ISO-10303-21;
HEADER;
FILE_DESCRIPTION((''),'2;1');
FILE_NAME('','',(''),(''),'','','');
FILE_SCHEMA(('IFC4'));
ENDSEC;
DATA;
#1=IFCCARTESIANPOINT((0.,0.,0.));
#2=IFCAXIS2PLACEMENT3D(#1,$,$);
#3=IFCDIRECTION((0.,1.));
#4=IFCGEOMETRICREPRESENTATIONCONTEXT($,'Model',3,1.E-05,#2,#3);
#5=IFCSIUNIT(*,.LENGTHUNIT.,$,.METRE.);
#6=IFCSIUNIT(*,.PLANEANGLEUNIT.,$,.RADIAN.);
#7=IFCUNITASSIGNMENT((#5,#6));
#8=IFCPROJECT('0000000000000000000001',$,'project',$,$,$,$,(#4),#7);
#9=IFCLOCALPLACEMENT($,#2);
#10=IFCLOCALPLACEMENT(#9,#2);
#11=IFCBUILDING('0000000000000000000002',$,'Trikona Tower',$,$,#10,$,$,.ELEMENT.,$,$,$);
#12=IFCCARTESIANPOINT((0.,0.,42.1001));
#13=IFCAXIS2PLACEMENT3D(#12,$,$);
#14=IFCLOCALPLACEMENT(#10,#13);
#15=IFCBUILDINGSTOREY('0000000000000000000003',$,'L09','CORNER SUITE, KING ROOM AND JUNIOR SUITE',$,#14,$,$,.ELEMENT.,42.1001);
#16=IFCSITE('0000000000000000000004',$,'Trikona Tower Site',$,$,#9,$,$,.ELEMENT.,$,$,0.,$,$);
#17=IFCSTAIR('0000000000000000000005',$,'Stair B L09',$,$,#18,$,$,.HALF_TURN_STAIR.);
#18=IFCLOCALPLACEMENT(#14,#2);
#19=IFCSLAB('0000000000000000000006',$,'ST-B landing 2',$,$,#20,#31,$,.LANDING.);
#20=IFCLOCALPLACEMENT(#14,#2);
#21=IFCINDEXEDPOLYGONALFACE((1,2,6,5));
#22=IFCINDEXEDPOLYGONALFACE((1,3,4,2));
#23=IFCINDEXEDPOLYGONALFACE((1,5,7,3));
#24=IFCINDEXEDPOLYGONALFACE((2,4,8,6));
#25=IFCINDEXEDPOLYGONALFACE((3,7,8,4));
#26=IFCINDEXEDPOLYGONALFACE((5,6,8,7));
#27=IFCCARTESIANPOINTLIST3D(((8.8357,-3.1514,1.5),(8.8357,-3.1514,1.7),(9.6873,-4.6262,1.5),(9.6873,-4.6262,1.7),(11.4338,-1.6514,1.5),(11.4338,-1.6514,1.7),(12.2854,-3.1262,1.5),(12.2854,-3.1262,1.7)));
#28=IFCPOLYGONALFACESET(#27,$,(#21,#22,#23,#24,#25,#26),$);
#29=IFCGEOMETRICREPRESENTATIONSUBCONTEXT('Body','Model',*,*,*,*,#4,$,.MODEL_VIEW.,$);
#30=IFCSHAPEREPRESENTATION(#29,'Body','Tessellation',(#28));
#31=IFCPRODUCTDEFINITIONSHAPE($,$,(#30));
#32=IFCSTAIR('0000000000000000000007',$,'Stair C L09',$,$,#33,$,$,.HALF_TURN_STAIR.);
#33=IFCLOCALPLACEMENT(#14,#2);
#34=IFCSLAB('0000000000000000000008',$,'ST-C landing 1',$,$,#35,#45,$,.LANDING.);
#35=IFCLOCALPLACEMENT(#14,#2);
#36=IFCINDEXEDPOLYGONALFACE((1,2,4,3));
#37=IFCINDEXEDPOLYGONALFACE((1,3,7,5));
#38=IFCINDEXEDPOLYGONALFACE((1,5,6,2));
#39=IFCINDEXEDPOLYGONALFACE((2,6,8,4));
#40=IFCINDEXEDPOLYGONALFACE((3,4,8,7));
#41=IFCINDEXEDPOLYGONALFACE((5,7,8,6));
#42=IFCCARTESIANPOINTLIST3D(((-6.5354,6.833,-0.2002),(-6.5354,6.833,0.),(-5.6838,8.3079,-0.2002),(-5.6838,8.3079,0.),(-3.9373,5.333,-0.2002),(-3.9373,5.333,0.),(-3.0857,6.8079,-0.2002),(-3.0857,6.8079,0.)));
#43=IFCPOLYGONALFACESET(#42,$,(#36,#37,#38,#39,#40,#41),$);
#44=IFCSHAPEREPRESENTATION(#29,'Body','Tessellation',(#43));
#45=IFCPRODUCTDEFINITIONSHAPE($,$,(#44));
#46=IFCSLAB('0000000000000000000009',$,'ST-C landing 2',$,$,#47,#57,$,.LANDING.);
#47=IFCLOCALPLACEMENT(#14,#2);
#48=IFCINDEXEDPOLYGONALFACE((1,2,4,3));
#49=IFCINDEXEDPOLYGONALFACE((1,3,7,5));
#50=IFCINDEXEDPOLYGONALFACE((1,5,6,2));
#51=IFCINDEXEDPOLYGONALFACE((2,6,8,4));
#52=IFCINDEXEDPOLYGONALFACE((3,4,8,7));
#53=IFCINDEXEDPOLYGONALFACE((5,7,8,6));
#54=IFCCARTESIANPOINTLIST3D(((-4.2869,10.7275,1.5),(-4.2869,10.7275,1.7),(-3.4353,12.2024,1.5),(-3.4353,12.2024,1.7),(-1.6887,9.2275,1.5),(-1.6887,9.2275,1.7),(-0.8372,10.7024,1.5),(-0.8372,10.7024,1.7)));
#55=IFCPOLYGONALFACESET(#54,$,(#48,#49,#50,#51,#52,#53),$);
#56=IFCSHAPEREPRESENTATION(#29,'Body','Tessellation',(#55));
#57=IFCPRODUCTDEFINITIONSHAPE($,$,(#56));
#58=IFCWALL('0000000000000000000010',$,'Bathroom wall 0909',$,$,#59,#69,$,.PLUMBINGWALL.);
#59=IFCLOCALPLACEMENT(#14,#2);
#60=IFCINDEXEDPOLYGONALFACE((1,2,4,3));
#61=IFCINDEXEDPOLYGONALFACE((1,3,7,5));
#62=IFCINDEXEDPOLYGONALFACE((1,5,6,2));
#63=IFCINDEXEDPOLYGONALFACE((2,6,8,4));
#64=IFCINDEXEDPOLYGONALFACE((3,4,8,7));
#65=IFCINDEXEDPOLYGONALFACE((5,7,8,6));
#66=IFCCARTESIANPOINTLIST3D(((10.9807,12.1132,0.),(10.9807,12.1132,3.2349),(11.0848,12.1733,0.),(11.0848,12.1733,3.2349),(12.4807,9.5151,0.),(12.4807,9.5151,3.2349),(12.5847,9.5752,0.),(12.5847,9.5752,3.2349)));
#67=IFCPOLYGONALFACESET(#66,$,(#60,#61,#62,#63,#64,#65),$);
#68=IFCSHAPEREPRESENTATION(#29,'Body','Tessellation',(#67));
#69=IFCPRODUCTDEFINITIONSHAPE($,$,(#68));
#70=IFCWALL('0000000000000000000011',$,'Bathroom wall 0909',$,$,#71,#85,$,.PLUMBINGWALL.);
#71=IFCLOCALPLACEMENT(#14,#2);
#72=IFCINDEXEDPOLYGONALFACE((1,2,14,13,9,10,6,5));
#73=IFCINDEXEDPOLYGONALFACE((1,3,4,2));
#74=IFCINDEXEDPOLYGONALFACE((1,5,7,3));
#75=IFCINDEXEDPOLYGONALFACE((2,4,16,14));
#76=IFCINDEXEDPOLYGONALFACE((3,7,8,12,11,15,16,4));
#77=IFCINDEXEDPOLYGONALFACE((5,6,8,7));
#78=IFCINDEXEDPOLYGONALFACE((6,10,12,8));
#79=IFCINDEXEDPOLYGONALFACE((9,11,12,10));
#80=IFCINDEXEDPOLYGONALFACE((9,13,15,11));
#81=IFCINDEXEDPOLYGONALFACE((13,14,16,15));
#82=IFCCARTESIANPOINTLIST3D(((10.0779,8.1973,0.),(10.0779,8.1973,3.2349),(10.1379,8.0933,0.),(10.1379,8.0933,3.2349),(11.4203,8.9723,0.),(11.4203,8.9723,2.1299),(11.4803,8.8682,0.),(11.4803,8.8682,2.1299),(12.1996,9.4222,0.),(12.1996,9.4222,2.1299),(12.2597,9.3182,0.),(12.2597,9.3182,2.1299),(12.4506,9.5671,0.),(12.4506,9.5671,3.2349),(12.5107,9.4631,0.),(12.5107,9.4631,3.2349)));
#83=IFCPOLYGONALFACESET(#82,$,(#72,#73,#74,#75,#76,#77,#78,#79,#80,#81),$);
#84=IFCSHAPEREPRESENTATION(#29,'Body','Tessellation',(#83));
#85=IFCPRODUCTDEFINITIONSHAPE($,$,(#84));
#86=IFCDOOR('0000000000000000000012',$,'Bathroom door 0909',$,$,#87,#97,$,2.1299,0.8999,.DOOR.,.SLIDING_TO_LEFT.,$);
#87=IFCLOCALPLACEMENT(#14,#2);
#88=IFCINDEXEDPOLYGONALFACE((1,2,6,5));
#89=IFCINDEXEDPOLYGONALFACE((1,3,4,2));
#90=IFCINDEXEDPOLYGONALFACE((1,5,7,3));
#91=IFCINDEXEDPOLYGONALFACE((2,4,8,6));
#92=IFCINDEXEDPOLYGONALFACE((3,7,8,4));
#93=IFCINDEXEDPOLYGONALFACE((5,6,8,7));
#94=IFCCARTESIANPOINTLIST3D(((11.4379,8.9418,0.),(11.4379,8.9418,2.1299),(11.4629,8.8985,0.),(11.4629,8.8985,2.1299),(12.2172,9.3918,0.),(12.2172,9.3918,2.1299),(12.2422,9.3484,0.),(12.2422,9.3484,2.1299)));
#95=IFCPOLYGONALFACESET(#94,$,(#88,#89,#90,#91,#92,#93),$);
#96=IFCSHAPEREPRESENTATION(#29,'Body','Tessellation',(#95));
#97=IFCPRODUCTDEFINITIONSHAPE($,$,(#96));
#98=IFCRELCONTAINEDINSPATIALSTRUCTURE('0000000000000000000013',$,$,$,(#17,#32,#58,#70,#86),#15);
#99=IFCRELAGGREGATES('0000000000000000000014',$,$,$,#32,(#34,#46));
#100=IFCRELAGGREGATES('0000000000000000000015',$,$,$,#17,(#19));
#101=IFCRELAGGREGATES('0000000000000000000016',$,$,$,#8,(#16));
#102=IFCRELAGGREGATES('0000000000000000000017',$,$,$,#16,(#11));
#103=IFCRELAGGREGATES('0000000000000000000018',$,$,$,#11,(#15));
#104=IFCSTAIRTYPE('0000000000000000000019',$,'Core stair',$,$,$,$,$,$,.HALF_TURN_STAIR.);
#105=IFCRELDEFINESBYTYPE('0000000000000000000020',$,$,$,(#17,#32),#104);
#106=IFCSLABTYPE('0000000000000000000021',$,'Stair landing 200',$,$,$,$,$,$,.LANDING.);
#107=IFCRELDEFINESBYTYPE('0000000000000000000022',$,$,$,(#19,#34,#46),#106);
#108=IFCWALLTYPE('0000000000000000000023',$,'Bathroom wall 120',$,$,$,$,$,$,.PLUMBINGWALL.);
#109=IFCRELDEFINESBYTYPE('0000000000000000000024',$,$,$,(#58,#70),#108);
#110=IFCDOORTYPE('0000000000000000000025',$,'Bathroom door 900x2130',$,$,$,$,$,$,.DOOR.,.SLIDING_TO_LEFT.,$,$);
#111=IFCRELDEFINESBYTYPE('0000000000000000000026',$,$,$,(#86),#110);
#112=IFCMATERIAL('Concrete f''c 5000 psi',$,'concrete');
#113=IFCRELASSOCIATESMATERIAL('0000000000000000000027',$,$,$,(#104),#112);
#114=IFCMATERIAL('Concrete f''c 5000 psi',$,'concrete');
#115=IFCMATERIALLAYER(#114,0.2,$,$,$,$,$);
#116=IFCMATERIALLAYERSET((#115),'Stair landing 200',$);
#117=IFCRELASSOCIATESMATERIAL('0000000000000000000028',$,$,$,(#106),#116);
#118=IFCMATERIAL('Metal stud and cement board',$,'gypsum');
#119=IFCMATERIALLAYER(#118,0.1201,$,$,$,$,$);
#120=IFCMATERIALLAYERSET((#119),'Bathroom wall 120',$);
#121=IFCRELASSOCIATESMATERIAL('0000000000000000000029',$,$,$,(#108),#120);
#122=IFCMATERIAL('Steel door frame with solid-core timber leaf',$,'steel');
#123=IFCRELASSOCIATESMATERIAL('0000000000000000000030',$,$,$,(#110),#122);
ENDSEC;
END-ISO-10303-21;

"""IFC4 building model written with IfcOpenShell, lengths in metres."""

from ifc_helpers import new_model, si_unit, direction, frame, frame_2d, origin, place, context, subcontext, project, spatial, polyline, rectangle, outline, extrude, material, layer, layer_set, type_object, element, fill, aggregate, save


model = new_model("IFC4")

# Units and contexts
model_context = context("Model", 3, precision=1e-05, world=origin(), true_north=direction((0.0, 1.0)))
body_context = subcontext(model_context, "Body", "Model", "MODEL_VIEW")
ifc_project = project(units=[si_unit("LENGTHUNIT", "METRE"), si_unit("PLANEANGLEUNIT", "RADIAN")], contexts=[model_context])

# Site, building, storey
site_placement = place(None, origin())
site = spatial("IfcSite", under=ifc_project, at=site_placement, Name="Trikona Tower Site", CompositionType="ELEMENT", RefElevation=0.0)
building_placement = place(site_placement, origin())
building = spatial("IfcBuilding", under=site, at=building_placement, Name="Trikona Tower", CompositionType="ELEMENT")
storey_placement = place(building_placement, frame((0.0, 0.0, 42.1001)))
storey = spatial("IfcBuildingStorey", under=building, at=storey_placement, Name="L09", Description="CORNER SUITE, KING ROOM AND JUNIOR SUITE", CompositionType="ELEMENT", Elevation=42.1001)

# Stairs, slabs
ifc_material_1 = material(Name="Concrete f'c 5000 psi", Category="concrete")
stair_type = type_object("IfcStairType", Name="Core stair", PredefinedType="HALF_TURN_STAIR", material=ifc_material_1)
ifc_material_2 = material(Name="Concrete f'c 5000 psi", Category="concrete")
ifc_layer_1 = layer(ifc_material_2, 0.2)
ifc_layer_set_1 = layer_set([ifc_layer_1], Name="Stair landing 200")
slab_type_1 = type_object("IfcSlabType", Name="Stair landing 200", PredefinedType="LANDING", material=ifc_layer_set_1)
stair_1_placement = place(storey_placement, origin())
stair_1 = element("IfcStair", 1, at=stair_1_placement, inside=storey, type_object=stair_type, Name="Stair B L09", PredefinedType="HALF_TURN_STAIR")
slab_1_placement = place(storey_placement, frame((0.0, 0.0, 1.5)))
slab_1 = element("IfcSlab", 2, at=slab_1_placement, type_object=slab_type_1, Name="ST-B landing 2", PredefinedType="LANDING", context=body_context, shape_type="SweptSolid", body=[
    extrude(outline(polyline([(9.6873, -4.6262), (8.8357, -3.1514), (11.4338, -1.6514), (12.2854, -3.1262), (9.6873, -4.6262)])), origin(), (0.0, 0.0, 1.0), 0.2),
])
stair_2_placement = place(storey_placement, origin())
stair_2 = element("IfcStair", 3, at=stair_2_placement, inside=storey, type_object=stair_type, Name="Stair C L09", PredefinedType="HALF_TURN_STAIR")
slab_2_placement = place(storey_placement, frame((0.0, 0.0, -0.2002)))
slab_2 = element("IfcSlab", 4, at=slab_2_placement, type_object=slab_type_1, Name="ST-C landing 1", PredefinedType="LANDING", context=body_context, shape_type="SweptSolid", body=[
    extrude(outline(polyline([(-3.0857, 6.8079), (-3.9373, 5.333), (-6.5354, 6.833), (-5.6838, 8.3079), (-3.0857, 6.8079)])), origin(), (0.0, 0.0, 1.0), 0.2002),
])
slab_3_placement = place(storey_placement, frame((0.0, 0.0, 1.5)))
slab_3 = element("IfcSlab", 5, at=slab_3_placement, type_object=slab_type_1, Name="ST-C landing 2", PredefinedType="LANDING", context=body_context, shape_type="SweptSolid", body=[
    extrude(outline(polyline([(-0.8372, 10.7024), (-1.6887, 9.2275), (-4.2869, 10.7275), (-3.4353, 12.2024), (-0.8372, 10.7024)])), origin(), (0.0, 0.0, 1.0), 0.2),
])
aggregate(stair_2, [slab_2, slab_3])

# Wall
ifc_material_3 = material(Name="Metal stud and cement board", Category="gypsum")
ifc_layer_2 = layer(ifc_material_3, 0.1201)
ifc_layer_set_2 = layer_set([ifc_layer_2], Name="Bathroom wall 120")
wall_type_1 = type_object("IfcWallType", Name="Bathroom wall 120", PredefinedType="PLUMBINGWALL", material=ifc_layer_set_2)
wall_1_placement = place(storey_placement, frame((12.5327, 9.5452, 0.0), z_axis=(0.0, 0.0, 1.0), x_axis=(-0.49999, 0.866031, 0.0)))
element("IfcWall", 6, at=wall_1_placement, inside=storey, type_object=wall_type_1, Name="Bathroom wall 0909", PredefinedType="PLUMBINGWALL", context=body_context, shape_type="SweptSolid", body=[
    extrude(rectangle(XDim=3.0, YDim=0.1201, at=frame_2d((1.5, 0.0))), origin(), (0.0, 0.0, 1.0), 3.2349),
])

# Wall, opening, door
wall_2_placement = place(storey_placement, frame((10.1079, 8.1453, 0.0), z_axis=(0.0, 0.0, 1.0), x_axis=(0.866036, 0.499982, 0.0)))
wall_2 = element("IfcWall", 7, at=wall_2_placement, inside=storey, type_object=wall_type_1, Name="Bathroom wall 0909", PredefinedType="PLUMBINGWALL", context=body_context, shape_type="SweptSolid", body=[
    extrude(rectangle(XDim=2.7397, YDim=0.1201, at=frame_2d((1.3699, 0.0))), origin(), (0.0, 0.0, 1.0), 3.2349),
])
opening_1_placement = place(wall_2_placement, frame((1.55, 0.0, 0.0)))
opening_1 = element("IfcOpeningElement", 8, at=opening_1_placement, cuts=wall_2, PredefinedType="OPENING", context=body_context, shape_type="SweptSolid", body=[
    extrude(rectangle(XDim=0.8999, YDim=2.1299, at=frame_2d((0.45, 1.0649))), frame((0.0, 0.0701, 0.0), z_axis=(0.0, -1.0, 0.0), x_axis=(1.0, 0.0, 0.0)), (0.0, 0.0, 1.0), 0.1401),
])
ifc_material_4 = material(Name="Steel door frame with solid-core timber leaf", Category="steel")
door_type_1 = type_object("IfcDoorType", Name="Bathroom door 900x2130", OperationType="SLIDING_TO_LEFT", PredefinedType="DOOR", material=ifc_material_4)
door_1_placement = place(opening_1_placement, origin())
door_1 = element("IfcDoor", 9, at=door_1_placement, inside=storey, type_object=door_type_1, Name="Bathroom door 0909", OperationType="SLIDING_TO_LEFT", OverallHeight=2.1299, OverallWidth=0.8999, PredefinedType="DOOR", context=body_context, shape_type="SweptSolid", body=[
    extrude(rectangle(XDim=0.8999, YDim=2.1299, at=frame_2d((0.45, 1.0649))), frame((0.0, 0.0249, 0.0), z_axis=(0.0, -1.0, 0.0), x_axis=(1.0, 0.0, 0.0)), (0.0, 0.0, 1.0), 0.05),
])
fill(opening_1, door_1)

aggregate(stair_1, [slab_1])

save(model, "model.ifc")
